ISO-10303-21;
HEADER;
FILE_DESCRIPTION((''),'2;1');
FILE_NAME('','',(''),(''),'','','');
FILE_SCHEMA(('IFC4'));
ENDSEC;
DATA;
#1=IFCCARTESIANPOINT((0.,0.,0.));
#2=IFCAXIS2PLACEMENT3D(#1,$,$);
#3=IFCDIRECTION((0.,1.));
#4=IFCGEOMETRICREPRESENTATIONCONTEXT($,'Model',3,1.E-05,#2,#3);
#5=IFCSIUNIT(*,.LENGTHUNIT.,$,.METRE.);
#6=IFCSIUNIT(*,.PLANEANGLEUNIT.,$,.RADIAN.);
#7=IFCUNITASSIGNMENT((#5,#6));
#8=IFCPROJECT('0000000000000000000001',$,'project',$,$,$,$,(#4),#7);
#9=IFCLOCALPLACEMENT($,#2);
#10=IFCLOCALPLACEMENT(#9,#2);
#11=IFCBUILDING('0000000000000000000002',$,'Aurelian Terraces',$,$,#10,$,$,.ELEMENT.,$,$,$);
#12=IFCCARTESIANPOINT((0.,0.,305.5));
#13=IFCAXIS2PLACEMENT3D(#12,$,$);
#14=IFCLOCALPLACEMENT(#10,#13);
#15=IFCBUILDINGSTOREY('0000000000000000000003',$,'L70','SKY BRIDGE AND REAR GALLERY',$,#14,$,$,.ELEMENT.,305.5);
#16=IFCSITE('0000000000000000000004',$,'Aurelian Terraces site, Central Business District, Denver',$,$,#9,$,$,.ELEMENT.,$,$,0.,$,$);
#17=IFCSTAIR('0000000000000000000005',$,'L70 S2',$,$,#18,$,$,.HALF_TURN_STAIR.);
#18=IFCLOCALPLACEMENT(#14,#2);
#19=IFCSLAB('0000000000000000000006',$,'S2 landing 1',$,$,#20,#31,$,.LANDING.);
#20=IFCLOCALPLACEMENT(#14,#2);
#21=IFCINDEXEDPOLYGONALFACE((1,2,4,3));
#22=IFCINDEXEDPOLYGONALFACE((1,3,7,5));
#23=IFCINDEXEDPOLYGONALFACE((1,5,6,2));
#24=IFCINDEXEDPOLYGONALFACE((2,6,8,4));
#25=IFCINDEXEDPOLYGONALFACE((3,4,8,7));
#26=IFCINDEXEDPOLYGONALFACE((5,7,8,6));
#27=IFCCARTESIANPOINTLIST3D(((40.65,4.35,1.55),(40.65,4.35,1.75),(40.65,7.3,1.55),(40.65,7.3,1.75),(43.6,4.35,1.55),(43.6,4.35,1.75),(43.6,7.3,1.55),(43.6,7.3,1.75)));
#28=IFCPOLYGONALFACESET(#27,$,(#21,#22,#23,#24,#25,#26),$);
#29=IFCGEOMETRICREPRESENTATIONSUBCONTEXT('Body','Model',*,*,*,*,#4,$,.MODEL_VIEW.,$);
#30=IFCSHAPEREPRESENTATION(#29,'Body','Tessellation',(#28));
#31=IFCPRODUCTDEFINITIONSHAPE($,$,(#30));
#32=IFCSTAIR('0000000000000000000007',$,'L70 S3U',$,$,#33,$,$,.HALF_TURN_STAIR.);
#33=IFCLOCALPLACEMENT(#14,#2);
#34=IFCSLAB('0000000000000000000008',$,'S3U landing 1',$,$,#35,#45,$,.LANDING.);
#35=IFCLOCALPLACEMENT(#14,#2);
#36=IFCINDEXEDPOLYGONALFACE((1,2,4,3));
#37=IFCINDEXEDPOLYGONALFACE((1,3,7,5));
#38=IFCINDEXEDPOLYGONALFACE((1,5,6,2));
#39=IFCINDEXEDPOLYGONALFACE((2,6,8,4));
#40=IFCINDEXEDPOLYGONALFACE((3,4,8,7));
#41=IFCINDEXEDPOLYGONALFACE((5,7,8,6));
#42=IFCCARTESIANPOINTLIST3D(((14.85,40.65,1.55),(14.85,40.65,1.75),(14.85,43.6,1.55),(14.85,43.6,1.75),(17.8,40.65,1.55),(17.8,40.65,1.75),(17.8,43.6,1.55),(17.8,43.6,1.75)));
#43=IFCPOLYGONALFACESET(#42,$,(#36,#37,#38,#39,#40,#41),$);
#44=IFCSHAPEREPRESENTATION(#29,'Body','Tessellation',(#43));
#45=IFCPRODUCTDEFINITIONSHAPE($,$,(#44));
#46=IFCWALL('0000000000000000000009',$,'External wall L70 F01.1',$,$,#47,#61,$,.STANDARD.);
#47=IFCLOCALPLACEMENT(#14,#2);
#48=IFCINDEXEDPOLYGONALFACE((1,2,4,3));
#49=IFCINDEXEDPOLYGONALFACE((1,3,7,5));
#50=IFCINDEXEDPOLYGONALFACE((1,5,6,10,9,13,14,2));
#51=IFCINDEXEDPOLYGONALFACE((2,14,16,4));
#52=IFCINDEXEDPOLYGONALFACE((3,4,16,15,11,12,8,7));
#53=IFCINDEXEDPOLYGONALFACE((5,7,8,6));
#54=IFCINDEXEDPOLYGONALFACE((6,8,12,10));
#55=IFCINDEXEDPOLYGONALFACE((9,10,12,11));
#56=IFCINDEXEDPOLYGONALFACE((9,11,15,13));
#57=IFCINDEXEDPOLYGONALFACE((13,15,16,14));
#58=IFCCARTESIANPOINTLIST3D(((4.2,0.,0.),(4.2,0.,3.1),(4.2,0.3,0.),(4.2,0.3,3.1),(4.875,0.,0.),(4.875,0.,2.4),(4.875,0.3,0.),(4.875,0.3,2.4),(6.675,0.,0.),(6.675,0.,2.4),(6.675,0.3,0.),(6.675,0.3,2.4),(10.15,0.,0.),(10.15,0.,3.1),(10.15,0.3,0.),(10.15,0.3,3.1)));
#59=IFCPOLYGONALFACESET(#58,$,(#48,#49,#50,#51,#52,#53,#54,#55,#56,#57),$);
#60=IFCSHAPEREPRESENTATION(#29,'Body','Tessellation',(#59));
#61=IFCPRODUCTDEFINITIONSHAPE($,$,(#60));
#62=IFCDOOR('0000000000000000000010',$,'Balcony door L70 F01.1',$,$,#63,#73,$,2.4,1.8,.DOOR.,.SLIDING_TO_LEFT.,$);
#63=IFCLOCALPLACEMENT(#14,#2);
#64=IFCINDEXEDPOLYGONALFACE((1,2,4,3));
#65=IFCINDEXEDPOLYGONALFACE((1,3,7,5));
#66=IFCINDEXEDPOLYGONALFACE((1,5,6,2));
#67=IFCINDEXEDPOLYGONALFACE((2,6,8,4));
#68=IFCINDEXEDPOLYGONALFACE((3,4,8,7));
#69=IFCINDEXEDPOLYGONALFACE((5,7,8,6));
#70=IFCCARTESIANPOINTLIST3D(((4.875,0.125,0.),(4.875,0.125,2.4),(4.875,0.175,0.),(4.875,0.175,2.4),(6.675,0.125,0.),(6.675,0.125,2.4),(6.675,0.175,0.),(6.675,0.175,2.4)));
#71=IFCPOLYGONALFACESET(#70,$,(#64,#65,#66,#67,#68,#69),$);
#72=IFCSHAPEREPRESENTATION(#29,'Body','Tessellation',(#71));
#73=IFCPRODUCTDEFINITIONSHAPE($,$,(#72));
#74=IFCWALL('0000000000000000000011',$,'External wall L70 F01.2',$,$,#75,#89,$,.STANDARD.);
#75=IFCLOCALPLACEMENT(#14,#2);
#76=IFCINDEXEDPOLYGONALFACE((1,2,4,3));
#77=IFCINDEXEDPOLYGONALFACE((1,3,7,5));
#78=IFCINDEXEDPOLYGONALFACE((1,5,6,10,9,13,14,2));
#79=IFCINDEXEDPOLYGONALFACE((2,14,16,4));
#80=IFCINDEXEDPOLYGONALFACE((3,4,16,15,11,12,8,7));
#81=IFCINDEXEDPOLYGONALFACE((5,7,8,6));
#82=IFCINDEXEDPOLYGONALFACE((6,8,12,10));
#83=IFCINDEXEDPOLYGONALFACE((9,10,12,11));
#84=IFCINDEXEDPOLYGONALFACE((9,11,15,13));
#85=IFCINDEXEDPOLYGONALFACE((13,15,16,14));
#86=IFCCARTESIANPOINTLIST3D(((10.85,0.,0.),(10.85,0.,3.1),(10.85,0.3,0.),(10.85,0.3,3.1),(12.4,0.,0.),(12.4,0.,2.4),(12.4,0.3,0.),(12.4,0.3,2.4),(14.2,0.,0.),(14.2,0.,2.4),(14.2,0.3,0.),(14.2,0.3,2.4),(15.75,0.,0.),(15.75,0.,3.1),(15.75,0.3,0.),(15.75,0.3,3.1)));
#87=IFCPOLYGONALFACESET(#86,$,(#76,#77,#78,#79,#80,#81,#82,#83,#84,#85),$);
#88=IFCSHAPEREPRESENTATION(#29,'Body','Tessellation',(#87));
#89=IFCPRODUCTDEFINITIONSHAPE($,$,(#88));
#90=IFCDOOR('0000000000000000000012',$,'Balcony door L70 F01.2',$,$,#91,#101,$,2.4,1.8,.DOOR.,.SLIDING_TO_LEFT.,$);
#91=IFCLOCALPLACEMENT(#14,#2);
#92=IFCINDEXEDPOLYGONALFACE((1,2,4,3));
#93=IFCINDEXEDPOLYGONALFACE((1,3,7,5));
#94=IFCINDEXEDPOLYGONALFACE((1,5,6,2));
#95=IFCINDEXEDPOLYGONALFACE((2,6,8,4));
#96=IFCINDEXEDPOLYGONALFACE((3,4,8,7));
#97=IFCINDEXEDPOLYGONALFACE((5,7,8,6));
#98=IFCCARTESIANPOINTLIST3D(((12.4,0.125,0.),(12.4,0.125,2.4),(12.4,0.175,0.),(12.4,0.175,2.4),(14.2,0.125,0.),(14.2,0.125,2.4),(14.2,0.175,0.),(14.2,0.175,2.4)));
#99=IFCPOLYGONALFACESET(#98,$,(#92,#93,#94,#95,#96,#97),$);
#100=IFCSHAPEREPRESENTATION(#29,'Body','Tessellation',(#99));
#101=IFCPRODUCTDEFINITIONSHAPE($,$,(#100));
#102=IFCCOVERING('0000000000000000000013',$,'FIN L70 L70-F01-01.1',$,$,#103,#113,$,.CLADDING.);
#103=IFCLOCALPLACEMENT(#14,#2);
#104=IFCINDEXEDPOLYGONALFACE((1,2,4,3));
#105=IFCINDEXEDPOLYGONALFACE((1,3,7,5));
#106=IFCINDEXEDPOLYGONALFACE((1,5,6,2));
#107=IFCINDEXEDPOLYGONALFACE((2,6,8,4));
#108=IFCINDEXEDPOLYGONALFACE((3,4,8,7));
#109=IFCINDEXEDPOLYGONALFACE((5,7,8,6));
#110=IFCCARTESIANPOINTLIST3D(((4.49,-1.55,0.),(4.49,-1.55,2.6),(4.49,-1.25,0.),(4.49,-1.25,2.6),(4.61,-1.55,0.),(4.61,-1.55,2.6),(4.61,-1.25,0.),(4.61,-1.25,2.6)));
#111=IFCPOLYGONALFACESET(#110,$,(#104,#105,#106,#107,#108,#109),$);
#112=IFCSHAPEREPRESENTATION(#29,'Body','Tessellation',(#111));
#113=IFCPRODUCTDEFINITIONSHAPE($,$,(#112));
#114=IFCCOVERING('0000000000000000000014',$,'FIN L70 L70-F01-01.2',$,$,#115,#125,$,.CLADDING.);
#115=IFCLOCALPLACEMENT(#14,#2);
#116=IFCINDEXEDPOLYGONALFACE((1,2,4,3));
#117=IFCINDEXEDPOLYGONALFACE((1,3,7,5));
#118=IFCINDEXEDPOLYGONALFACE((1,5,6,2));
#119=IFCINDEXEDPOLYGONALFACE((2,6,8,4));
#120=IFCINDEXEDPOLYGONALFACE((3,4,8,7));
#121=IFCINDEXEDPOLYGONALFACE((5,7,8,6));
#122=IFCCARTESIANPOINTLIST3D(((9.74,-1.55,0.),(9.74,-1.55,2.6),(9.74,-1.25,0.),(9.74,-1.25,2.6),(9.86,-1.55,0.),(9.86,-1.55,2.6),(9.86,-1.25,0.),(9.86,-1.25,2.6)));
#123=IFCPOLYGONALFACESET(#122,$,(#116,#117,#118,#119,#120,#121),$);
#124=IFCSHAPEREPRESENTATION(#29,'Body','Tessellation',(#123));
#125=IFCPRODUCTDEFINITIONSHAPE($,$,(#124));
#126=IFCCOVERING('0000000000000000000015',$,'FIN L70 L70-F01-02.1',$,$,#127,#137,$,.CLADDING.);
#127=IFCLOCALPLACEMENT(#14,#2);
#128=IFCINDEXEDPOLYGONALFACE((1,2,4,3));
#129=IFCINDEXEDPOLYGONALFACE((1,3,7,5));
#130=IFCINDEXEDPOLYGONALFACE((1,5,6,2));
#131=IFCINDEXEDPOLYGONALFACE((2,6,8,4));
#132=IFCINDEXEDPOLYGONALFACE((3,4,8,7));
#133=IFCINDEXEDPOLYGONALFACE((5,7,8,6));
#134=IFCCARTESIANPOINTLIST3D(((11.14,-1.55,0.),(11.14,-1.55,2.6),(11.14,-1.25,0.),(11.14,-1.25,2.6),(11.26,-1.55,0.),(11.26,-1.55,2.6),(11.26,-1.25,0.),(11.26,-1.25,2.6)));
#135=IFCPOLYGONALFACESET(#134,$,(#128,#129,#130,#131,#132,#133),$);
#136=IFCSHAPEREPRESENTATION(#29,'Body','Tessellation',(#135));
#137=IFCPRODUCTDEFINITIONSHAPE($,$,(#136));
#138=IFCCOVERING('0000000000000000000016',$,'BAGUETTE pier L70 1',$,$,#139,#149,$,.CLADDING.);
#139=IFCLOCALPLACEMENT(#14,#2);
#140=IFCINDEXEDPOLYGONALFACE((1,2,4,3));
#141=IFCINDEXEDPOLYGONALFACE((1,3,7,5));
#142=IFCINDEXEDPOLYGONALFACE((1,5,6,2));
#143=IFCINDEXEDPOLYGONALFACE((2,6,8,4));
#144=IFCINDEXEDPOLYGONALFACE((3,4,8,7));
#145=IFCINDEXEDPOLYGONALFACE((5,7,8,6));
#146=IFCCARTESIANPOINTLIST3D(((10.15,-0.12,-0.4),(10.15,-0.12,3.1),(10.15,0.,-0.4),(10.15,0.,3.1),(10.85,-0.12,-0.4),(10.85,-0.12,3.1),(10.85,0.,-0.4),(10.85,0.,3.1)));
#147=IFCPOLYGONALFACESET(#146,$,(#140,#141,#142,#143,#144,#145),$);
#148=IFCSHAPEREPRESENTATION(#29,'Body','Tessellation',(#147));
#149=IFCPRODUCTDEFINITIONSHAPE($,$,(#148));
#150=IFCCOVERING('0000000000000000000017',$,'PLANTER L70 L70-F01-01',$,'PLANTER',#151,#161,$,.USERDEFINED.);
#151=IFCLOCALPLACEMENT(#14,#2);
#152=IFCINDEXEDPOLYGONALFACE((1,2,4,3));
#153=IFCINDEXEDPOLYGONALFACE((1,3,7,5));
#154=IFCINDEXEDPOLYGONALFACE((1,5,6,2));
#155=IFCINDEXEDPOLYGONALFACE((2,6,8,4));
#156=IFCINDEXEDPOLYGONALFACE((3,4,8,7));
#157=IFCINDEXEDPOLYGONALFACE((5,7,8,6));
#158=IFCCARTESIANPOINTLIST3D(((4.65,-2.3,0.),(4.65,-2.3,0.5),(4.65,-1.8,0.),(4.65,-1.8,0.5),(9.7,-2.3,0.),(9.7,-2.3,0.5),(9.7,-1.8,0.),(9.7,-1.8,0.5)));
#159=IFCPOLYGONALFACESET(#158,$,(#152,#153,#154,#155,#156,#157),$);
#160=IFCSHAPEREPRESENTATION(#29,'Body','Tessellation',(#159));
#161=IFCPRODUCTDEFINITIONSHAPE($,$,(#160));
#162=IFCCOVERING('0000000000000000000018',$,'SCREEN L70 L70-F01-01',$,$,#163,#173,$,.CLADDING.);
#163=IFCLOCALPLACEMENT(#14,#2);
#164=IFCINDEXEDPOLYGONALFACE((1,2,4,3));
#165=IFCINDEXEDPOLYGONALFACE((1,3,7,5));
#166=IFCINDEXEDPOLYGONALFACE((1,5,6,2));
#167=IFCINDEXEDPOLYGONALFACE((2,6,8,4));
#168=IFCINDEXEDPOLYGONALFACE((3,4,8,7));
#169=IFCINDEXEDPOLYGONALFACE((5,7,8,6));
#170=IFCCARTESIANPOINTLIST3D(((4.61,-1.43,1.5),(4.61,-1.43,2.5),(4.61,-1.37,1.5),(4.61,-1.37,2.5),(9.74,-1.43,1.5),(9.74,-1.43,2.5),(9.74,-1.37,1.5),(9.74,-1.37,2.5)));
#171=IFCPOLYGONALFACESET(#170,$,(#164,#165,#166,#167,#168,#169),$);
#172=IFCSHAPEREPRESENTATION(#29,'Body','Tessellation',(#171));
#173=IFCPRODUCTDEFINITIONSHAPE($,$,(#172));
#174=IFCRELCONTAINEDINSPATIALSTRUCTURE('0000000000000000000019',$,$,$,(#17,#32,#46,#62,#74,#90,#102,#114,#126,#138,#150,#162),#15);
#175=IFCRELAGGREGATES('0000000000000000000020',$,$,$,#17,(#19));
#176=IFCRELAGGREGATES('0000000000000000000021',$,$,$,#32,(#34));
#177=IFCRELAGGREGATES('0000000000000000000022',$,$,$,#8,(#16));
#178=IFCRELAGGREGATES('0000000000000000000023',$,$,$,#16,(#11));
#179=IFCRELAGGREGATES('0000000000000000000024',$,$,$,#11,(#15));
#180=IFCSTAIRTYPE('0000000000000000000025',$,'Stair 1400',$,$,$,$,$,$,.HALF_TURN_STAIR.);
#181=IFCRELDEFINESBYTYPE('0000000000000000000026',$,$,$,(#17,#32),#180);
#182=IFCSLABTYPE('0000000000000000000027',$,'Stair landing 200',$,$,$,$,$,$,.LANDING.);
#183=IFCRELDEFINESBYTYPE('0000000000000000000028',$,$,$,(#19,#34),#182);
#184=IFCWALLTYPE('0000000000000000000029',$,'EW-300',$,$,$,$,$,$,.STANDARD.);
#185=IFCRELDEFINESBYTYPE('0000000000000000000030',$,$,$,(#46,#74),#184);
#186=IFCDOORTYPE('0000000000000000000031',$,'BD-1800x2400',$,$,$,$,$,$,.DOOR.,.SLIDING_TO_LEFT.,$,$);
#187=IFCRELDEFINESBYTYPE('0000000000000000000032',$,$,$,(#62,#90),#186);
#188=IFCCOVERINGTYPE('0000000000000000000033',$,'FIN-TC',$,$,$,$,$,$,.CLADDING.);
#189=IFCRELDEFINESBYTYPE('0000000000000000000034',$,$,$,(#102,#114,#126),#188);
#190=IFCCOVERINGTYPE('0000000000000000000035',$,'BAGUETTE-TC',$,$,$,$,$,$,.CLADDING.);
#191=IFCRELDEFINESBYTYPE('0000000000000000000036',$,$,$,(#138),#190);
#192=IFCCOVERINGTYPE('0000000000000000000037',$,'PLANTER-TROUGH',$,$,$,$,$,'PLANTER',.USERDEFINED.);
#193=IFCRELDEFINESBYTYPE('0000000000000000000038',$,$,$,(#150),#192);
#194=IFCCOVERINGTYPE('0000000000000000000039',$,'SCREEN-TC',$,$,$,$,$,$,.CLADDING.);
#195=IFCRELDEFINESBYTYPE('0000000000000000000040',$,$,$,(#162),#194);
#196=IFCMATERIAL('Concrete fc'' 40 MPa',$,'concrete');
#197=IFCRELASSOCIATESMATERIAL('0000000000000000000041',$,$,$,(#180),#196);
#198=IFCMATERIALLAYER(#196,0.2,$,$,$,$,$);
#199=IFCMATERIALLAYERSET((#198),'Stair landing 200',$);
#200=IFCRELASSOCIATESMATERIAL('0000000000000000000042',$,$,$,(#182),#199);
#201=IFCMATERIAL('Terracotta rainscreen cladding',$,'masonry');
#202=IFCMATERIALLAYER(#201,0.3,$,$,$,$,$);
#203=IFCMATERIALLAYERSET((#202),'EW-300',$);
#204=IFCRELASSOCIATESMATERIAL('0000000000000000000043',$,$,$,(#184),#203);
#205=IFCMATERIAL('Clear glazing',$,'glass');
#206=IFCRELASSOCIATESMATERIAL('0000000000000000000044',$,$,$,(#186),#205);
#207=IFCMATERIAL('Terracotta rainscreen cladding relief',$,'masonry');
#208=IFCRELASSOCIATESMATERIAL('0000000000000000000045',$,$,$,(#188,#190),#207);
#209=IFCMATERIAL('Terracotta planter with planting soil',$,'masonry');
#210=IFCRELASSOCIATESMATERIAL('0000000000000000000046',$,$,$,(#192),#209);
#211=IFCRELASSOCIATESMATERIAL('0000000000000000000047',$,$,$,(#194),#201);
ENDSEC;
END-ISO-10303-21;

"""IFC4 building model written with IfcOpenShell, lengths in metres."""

from ifc_helpers import new_model, si_unit, direction, frame, frame_2d, origin, origin_2d, place, context, subcontext, project, spatial, polyline, rectangle, outline, extrude, source, transform, mapped, material, layer, layer_set, type_object, element, fill, aggregate, save


model = new_model("IFC4")

# Units and contexts
model_context = context("Model", 3, precision=1e-05, world=origin(), true_north=direction((0.0, 1.0)))
body_context = subcontext(model_context, "Body", "Model", "MODEL_VIEW")
ifc_project = project(units=[si_unit("LENGTHUNIT", "METRE"), si_unit("PLANEANGLEUNIT", "RADIAN")], contexts=[model_context])

# Site, building, storey
site_placement = place(None, origin())
site = spatial("IfcSite", under=ifc_project, at=site_placement, Name="Aurelian Terraces site, Central Business District, Denver", CompositionType="ELEMENT", RefElevation=0.0)
building_placement = place(site_placement, origin())
building = spatial("IfcBuilding", under=site, at=building_placement, Name="Aurelian Terraces", CompositionType="ELEMENT")
storey_placement = place(building_placement, frame((0.0, 0.0, 305.5)))
storey = spatial("IfcBuildingStorey", under=building, at=storey_placement, Name="L70", Description="SKY BRIDGE AND REAR GALLERY", CompositionType="ELEMENT", Elevation=305.5)

# Shared definitions
ifc_material_1 = material(Name="Concrete fc' 40 MPa", Category="concrete")

# Stairs, slabs
stair_type = type_object("IfcStairType", Name="Stair 1400", PredefinedType="HALF_TURN_STAIR", material=ifc_material_1)
ifc_layer_1 = layer(ifc_material_1, 0.2)
ifc_layer_set_1 = layer_set([ifc_layer_1], Name="Stair landing 200")
slab_type_1 = type_object("IfcSlabType", Name="Stair landing 200", PredefinedType="LANDING", material=ifc_layer_set_1)
stair_1_placement = place(storey_placement, origin())
stair_1 = element("IfcStair", 1, at=stair_1_placement, inside=storey, type_object=stair_type, Name="L70 S2", PredefinedType="HALF_TURN_STAIR")
shared_shape_1 = source(origin(), body_context, "Body", "SweptSolid", [
    extrude(outline(polyline([(43.6, 4.35), (43.6, 7.3), (40.65, 7.3), (40.65, 4.35), (43.6, 4.35)])), origin(), (0.0, 0.0, 1.0), 0.2),
])
slab_1_placement = place(storey_placement, frame((0.0, 0.0, 1.55)))
slab_1 = element("IfcSlab", 2, at=slab_1_placement, type_object=slab_type_1, Name="S2 landing 1", PredefinedType="LANDING", context=body_context, shape_type="MappedRepresentation", body=[
    mapped(shared_shape_1, transform((0.0, 0.0, 0.0), scale=1.0)),
])
aggregate(stair_1, [slab_1])
stair_2_placement = place(storey_placement, origin())
stair_2 = element("IfcStair", 3, at=stair_2_placement, inside=storey, type_object=stair_type, Name="L70 S3U", PredefinedType="HALF_TURN_STAIR")
shared_shape_2 = source(origin(), body_context, "Body", "SweptSolid", [
    extrude(outline(polyline([(14.85, 40.65), (17.8, 40.65), (17.8, 43.6), (14.85, 43.6), (14.85, 40.65)])), origin(), (0.0, 0.0, 1.0), 0.2),
])
slab_2_placement = place(storey_placement, frame((0.0, 0.0, 1.55)))
slab_2 = element("IfcSlab", 4, at=slab_2_placement, type_object=slab_type_1, Name="S3U landing 1", PredefinedType="LANDING", context=body_context, shape_type="MappedRepresentation", body=[
    mapped(shared_shape_2, transform((0.0, 0.0, 0.0), scale=1.0)),
])
aggregate(stair_2, [slab_2])

# Walls, openings, doors
ifc_material_2 = material(Name="Terracotta rainscreen cladding", Category="masonry")
ifc_layer_2 = layer(ifc_material_2, 0.3)
ifc_layer_set_2 = layer_set([ifc_layer_2], Name="EW-300")
wall_type = type_object("IfcWallType", Name="EW-300", PredefinedType="STANDARD", material=ifc_layer_set_2)
shared_shape_3 = source(origin(), body_context, "Body", "SweptSolid", [
    extrude(rectangle(XDim=5.95, YDim=0.3, at=frame_2d((2.975, 0.0))), origin(), (0.0, 0.0, 1.0), 3.1),
])
wall_1_placement = place(storey_placement, frame((4.2, 0.15, 0.0), z_axis=(0.0, 0.0, 1.0), x_axis=(1.0, 0.0, 0.0)))
wall_1 = element("IfcWall", 5, at=wall_1_placement, inside=storey, type_object=wall_type, Name="External wall L70 F01.1", PredefinedType="STANDARD", context=body_context, shape_type="MappedRepresentation", body=[
    mapped(shared_shape_3, transform((0.0, 0.0, 0.0), scale=1.0)),
])
shared_shape_4 = source(origin(), body_context, "Body", "SweptSolid", [
    extrude(rectangle(XDim=1.8, YDim=2.4, at=frame_2d((0.9, 1.2))), frame((0.0, 0.16, 0.0), z_axis=(0.0, -1.0, 0.0), x_axis=(1.0, 0.0, 0.0)), (0.0, 0.0, 1.0), 0.32),
])
opening_1_placement = place(wall_1_placement, frame((0.675, 0.0, 0.0)))
opening_1 = element("IfcOpeningElement", 6, at=opening_1_placement, cuts=wall_1, PredefinedType="OPENING", context=body_context, shape_type="MappedRepresentation", body=[
    mapped(shared_shape_4, transform((0.0, 0.0, 0.0), scale=1.0)),
])
ifc_material_3 = material(Name="Clear glazing", Category="glass")
door_type = type_object("IfcDoorType", Name="BD-1800x2400", OperationType="SLIDING_TO_LEFT", PredefinedType="DOOR", material=ifc_material_3)
shared_shape_5 = source(origin(), body_context, "Body", "SweptSolid", [
    extrude(rectangle(XDim=1.8, YDim=2.4, at=frame_2d((0.9, 1.2))), frame((0.0, 0.025, 0.0), z_axis=(0.0, -1.0, 0.0), x_axis=(1.0, 0.0, 0.0)), (0.0, 0.0, 1.0), 0.05),
])
door_1_placement = place(opening_1_placement, origin())
door_1 = element("IfcDoor", 7, at=door_1_placement, inside=storey, type_object=door_type, Name="Balcony door L70 F01.1", OperationType="SLIDING_TO_LEFT", OverallHeight=2.4, OverallWidth=1.8, PredefinedType="DOOR", context=body_context, shape_type="MappedRepresentation", body=[
    mapped(shared_shape_5, transform((0.0, 0.0, 0.0), scale=1.0)),
])
fill(opening_1, door_1)
shared_shape_6 = source(origin(), body_context, "Body", "SweptSolid", [
    extrude(rectangle(XDim=4.9, YDim=0.3, at=frame_2d((2.45, 0.0))), origin(), (0.0, 0.0, 1.0), 3.1),
])
wall_2_placement = place(storey_placement, frame((10.85, 0.15, 0.0), z_axis=(0.0, 0.0, 1.0), x_axis=(1.0, 0.0, 0.0)))
wall_2 = element("IfcWall", 8, at=wall_2_placement, inside=storey, type_object=wall_type, Name="External wall L70 F01.2", PredefinedType="STANDARD", context=body_context, shape_type="MappedRepresentation", body=[
    mapped(shared_shape_6, transform((0.0, 0.0, 0.0), scale=1.0)),
])
opening_2_placement = place(wall_2_placement, frame((1.55, 0.0, 0.0)))
opening_2 = element("IfcOpeningElement", 9, at=opening_2_placement, cuts=wall_2, PredefinedType="OPENING", context=body_context, shape_type="MappedRepresentation", body=[
    mapped(shared_shape_4, transform((0.0, 0.0, 0.0), scale=1.0)),
])
door_2_placement = place(opening_2_placement, origin())
door_2 = element("IfcDoor", 10, at=door_2_placement, inside=storey, type_object=door_type, Name="Balcony door L70 F01.2", OperationType="SLIDING_TO_LEFT", OverallHeight=2.4, OverallWidth=1.8, PredefinedType="DOOR", context=body_context, shape_type="MappedRepresentation", body=[
    mapped(shared_shape_5, transform((0.0, 0.0, 0.0), scale=1.0)),
])
fill(opening_2, door_2)

# Coverings
ifc_material_4 = material(Name="Terracotta rainscreen cladding relief", Category="masonry")
covering_type_1 = type_object("IfcCoveringType", Name="FIN-TC", PredefinedType="CLADDING", material=ifc_material_4)
shared_shape_7 = source(origin(), body_context, "Body", "SweptSolid", [
    extrude(rectangle(XDim=0.12, YDim=0.3, at=origin_2d()), origin(), (0.0, 0.0, 1.0), 2.6),
])
for number, where, z_axis, x_axis, name in (
    (11, (4.55, -1.4, 0.0), (0.0, 0.0, 1.0), (1.0, 0.0, 0.0), "FIN L70 L70-F01-01.1"),
    (12, (9.8, -1.4, 0.0), (0.0, 0.0, 1.0), (1.0, 0.0, 0.0), "FIN L70 L70-F01-01.2"),
    (13, (11.2, -1.4, 0.0), (0.0, 0.0, 1.0), (1.0, 0.0, 0.0), "FIN L70 L70-F01-02.1"),
):
    element("IfcCovering", number, at=place(storey_placement, frame(where, z_axis=z_axis, x_axis=x_axis)), inside=storey, type_object=covering_type_1, Name=name, PredefinedType="CLADDING", context=body_context, shape_type="MappedRepresentation", body=[
        mapped(shared_shape_7, transform((0.0, 0.0, 0.0), scale=1.0)),
    ])
covering_type_2 = type_object("IfcCoveringType", Name="BAGUETTE-TC", PredefinedType="CLADDING", material=ifc_material_4)
shared_shape_8 = source(origin(), body_context, "Body", "SweptSolid", [
    extrude(rectangle(XDim=0.7, YDim=0.12, at=origin_2d()), origin(), (0.0, 0.0, 1.0), 3.5),
])
covering_1_placement = place(storey_placement, frame((10.5, -0.06, -0.4), z_axis=(0.0, 0.0, 1.0), x_axis=(1.0, 0.0, 0.0)))
element("IfcCovering", 14, at=covering_1_placement, inside=storey, type_object=covering_type_2, Name="BAGUETTE pier L70 1", PredefinedType="CLADDING", context=body_context, shape_type="MappedRepresentation", body=[
    mapped(shared_shape_8, transform((0.0, 0.0, 0.0), scale=1.0)),
])

# Coverings
ifc_material_5 = material(Name="Terracotta planter with planting soil", Category="masonry")
covering_type_3 = type_object("IfcCoveringType", Name="PLANTER-TROUGH", ElementType="PLANTER", PredefinedType="USERDEFINED", material=ifc_material_5)
shared_shape_9 = source(origin(), body_context, "Body", "SweptSolid", [
    extrude(rectangle(XDim=5.05, YDim=0.5, at=origin_2d()), origin(), (0.0, 0.0, 1.0), 0.5),
])
covering_2_placement = place(storey_placement, frame((7.175, -2.05, 0.0), z_axis=(0.0, 0.0, 1.0), x_axis=(1.0, 0.0, 0.0)))
element("IfcCovering", 15, at=covering_2_placement, inside=storey, type_object=covering_type_3, Name="PLANTER L70 L70-F01-01", ObjectType="PLANTER", PredefinedType="USERDEFINED", context=body_context, shape_type="MappedRepresentation", body=[
    mapped(shared_shape_9, transform((0.0, 0.0, 0.0), scale=1.0)),
])
covering_type_4 = type_object("IfcCoveringType", Name="SCREEN-TC", PredefinedType="CLADDING", material=ifc_material_2)
shared_shape_10 = source(origin(), body_context, "Body", "SweptSolid", [
    extrude(rectangle(XDim=5.13, YDim=0.06, at=origin_2d()), origin(), (0.0, 0.0, 1.0), 1.0),
])
covering_3_placement = place(storey_placement, frame((7.175, -1.4, 1.5), z_axis=(0.0, 0.0, 1.0), x_axis=(1.0, 0.0, 0.0)))
element("IfcCovering", 16, at=covering_3_placement, inside=storey, type_object=covering_type_4, Name="SCREEN L70 L70-F01-01", PredefinedType="CLADDING", context=body_context, shape_type="MappedRepresentation", body=[
    mapped(shared_shape_10, transform((0.0, 0.0, 0.0), scale=1.0)),
])

save(model, "model.ifc")
